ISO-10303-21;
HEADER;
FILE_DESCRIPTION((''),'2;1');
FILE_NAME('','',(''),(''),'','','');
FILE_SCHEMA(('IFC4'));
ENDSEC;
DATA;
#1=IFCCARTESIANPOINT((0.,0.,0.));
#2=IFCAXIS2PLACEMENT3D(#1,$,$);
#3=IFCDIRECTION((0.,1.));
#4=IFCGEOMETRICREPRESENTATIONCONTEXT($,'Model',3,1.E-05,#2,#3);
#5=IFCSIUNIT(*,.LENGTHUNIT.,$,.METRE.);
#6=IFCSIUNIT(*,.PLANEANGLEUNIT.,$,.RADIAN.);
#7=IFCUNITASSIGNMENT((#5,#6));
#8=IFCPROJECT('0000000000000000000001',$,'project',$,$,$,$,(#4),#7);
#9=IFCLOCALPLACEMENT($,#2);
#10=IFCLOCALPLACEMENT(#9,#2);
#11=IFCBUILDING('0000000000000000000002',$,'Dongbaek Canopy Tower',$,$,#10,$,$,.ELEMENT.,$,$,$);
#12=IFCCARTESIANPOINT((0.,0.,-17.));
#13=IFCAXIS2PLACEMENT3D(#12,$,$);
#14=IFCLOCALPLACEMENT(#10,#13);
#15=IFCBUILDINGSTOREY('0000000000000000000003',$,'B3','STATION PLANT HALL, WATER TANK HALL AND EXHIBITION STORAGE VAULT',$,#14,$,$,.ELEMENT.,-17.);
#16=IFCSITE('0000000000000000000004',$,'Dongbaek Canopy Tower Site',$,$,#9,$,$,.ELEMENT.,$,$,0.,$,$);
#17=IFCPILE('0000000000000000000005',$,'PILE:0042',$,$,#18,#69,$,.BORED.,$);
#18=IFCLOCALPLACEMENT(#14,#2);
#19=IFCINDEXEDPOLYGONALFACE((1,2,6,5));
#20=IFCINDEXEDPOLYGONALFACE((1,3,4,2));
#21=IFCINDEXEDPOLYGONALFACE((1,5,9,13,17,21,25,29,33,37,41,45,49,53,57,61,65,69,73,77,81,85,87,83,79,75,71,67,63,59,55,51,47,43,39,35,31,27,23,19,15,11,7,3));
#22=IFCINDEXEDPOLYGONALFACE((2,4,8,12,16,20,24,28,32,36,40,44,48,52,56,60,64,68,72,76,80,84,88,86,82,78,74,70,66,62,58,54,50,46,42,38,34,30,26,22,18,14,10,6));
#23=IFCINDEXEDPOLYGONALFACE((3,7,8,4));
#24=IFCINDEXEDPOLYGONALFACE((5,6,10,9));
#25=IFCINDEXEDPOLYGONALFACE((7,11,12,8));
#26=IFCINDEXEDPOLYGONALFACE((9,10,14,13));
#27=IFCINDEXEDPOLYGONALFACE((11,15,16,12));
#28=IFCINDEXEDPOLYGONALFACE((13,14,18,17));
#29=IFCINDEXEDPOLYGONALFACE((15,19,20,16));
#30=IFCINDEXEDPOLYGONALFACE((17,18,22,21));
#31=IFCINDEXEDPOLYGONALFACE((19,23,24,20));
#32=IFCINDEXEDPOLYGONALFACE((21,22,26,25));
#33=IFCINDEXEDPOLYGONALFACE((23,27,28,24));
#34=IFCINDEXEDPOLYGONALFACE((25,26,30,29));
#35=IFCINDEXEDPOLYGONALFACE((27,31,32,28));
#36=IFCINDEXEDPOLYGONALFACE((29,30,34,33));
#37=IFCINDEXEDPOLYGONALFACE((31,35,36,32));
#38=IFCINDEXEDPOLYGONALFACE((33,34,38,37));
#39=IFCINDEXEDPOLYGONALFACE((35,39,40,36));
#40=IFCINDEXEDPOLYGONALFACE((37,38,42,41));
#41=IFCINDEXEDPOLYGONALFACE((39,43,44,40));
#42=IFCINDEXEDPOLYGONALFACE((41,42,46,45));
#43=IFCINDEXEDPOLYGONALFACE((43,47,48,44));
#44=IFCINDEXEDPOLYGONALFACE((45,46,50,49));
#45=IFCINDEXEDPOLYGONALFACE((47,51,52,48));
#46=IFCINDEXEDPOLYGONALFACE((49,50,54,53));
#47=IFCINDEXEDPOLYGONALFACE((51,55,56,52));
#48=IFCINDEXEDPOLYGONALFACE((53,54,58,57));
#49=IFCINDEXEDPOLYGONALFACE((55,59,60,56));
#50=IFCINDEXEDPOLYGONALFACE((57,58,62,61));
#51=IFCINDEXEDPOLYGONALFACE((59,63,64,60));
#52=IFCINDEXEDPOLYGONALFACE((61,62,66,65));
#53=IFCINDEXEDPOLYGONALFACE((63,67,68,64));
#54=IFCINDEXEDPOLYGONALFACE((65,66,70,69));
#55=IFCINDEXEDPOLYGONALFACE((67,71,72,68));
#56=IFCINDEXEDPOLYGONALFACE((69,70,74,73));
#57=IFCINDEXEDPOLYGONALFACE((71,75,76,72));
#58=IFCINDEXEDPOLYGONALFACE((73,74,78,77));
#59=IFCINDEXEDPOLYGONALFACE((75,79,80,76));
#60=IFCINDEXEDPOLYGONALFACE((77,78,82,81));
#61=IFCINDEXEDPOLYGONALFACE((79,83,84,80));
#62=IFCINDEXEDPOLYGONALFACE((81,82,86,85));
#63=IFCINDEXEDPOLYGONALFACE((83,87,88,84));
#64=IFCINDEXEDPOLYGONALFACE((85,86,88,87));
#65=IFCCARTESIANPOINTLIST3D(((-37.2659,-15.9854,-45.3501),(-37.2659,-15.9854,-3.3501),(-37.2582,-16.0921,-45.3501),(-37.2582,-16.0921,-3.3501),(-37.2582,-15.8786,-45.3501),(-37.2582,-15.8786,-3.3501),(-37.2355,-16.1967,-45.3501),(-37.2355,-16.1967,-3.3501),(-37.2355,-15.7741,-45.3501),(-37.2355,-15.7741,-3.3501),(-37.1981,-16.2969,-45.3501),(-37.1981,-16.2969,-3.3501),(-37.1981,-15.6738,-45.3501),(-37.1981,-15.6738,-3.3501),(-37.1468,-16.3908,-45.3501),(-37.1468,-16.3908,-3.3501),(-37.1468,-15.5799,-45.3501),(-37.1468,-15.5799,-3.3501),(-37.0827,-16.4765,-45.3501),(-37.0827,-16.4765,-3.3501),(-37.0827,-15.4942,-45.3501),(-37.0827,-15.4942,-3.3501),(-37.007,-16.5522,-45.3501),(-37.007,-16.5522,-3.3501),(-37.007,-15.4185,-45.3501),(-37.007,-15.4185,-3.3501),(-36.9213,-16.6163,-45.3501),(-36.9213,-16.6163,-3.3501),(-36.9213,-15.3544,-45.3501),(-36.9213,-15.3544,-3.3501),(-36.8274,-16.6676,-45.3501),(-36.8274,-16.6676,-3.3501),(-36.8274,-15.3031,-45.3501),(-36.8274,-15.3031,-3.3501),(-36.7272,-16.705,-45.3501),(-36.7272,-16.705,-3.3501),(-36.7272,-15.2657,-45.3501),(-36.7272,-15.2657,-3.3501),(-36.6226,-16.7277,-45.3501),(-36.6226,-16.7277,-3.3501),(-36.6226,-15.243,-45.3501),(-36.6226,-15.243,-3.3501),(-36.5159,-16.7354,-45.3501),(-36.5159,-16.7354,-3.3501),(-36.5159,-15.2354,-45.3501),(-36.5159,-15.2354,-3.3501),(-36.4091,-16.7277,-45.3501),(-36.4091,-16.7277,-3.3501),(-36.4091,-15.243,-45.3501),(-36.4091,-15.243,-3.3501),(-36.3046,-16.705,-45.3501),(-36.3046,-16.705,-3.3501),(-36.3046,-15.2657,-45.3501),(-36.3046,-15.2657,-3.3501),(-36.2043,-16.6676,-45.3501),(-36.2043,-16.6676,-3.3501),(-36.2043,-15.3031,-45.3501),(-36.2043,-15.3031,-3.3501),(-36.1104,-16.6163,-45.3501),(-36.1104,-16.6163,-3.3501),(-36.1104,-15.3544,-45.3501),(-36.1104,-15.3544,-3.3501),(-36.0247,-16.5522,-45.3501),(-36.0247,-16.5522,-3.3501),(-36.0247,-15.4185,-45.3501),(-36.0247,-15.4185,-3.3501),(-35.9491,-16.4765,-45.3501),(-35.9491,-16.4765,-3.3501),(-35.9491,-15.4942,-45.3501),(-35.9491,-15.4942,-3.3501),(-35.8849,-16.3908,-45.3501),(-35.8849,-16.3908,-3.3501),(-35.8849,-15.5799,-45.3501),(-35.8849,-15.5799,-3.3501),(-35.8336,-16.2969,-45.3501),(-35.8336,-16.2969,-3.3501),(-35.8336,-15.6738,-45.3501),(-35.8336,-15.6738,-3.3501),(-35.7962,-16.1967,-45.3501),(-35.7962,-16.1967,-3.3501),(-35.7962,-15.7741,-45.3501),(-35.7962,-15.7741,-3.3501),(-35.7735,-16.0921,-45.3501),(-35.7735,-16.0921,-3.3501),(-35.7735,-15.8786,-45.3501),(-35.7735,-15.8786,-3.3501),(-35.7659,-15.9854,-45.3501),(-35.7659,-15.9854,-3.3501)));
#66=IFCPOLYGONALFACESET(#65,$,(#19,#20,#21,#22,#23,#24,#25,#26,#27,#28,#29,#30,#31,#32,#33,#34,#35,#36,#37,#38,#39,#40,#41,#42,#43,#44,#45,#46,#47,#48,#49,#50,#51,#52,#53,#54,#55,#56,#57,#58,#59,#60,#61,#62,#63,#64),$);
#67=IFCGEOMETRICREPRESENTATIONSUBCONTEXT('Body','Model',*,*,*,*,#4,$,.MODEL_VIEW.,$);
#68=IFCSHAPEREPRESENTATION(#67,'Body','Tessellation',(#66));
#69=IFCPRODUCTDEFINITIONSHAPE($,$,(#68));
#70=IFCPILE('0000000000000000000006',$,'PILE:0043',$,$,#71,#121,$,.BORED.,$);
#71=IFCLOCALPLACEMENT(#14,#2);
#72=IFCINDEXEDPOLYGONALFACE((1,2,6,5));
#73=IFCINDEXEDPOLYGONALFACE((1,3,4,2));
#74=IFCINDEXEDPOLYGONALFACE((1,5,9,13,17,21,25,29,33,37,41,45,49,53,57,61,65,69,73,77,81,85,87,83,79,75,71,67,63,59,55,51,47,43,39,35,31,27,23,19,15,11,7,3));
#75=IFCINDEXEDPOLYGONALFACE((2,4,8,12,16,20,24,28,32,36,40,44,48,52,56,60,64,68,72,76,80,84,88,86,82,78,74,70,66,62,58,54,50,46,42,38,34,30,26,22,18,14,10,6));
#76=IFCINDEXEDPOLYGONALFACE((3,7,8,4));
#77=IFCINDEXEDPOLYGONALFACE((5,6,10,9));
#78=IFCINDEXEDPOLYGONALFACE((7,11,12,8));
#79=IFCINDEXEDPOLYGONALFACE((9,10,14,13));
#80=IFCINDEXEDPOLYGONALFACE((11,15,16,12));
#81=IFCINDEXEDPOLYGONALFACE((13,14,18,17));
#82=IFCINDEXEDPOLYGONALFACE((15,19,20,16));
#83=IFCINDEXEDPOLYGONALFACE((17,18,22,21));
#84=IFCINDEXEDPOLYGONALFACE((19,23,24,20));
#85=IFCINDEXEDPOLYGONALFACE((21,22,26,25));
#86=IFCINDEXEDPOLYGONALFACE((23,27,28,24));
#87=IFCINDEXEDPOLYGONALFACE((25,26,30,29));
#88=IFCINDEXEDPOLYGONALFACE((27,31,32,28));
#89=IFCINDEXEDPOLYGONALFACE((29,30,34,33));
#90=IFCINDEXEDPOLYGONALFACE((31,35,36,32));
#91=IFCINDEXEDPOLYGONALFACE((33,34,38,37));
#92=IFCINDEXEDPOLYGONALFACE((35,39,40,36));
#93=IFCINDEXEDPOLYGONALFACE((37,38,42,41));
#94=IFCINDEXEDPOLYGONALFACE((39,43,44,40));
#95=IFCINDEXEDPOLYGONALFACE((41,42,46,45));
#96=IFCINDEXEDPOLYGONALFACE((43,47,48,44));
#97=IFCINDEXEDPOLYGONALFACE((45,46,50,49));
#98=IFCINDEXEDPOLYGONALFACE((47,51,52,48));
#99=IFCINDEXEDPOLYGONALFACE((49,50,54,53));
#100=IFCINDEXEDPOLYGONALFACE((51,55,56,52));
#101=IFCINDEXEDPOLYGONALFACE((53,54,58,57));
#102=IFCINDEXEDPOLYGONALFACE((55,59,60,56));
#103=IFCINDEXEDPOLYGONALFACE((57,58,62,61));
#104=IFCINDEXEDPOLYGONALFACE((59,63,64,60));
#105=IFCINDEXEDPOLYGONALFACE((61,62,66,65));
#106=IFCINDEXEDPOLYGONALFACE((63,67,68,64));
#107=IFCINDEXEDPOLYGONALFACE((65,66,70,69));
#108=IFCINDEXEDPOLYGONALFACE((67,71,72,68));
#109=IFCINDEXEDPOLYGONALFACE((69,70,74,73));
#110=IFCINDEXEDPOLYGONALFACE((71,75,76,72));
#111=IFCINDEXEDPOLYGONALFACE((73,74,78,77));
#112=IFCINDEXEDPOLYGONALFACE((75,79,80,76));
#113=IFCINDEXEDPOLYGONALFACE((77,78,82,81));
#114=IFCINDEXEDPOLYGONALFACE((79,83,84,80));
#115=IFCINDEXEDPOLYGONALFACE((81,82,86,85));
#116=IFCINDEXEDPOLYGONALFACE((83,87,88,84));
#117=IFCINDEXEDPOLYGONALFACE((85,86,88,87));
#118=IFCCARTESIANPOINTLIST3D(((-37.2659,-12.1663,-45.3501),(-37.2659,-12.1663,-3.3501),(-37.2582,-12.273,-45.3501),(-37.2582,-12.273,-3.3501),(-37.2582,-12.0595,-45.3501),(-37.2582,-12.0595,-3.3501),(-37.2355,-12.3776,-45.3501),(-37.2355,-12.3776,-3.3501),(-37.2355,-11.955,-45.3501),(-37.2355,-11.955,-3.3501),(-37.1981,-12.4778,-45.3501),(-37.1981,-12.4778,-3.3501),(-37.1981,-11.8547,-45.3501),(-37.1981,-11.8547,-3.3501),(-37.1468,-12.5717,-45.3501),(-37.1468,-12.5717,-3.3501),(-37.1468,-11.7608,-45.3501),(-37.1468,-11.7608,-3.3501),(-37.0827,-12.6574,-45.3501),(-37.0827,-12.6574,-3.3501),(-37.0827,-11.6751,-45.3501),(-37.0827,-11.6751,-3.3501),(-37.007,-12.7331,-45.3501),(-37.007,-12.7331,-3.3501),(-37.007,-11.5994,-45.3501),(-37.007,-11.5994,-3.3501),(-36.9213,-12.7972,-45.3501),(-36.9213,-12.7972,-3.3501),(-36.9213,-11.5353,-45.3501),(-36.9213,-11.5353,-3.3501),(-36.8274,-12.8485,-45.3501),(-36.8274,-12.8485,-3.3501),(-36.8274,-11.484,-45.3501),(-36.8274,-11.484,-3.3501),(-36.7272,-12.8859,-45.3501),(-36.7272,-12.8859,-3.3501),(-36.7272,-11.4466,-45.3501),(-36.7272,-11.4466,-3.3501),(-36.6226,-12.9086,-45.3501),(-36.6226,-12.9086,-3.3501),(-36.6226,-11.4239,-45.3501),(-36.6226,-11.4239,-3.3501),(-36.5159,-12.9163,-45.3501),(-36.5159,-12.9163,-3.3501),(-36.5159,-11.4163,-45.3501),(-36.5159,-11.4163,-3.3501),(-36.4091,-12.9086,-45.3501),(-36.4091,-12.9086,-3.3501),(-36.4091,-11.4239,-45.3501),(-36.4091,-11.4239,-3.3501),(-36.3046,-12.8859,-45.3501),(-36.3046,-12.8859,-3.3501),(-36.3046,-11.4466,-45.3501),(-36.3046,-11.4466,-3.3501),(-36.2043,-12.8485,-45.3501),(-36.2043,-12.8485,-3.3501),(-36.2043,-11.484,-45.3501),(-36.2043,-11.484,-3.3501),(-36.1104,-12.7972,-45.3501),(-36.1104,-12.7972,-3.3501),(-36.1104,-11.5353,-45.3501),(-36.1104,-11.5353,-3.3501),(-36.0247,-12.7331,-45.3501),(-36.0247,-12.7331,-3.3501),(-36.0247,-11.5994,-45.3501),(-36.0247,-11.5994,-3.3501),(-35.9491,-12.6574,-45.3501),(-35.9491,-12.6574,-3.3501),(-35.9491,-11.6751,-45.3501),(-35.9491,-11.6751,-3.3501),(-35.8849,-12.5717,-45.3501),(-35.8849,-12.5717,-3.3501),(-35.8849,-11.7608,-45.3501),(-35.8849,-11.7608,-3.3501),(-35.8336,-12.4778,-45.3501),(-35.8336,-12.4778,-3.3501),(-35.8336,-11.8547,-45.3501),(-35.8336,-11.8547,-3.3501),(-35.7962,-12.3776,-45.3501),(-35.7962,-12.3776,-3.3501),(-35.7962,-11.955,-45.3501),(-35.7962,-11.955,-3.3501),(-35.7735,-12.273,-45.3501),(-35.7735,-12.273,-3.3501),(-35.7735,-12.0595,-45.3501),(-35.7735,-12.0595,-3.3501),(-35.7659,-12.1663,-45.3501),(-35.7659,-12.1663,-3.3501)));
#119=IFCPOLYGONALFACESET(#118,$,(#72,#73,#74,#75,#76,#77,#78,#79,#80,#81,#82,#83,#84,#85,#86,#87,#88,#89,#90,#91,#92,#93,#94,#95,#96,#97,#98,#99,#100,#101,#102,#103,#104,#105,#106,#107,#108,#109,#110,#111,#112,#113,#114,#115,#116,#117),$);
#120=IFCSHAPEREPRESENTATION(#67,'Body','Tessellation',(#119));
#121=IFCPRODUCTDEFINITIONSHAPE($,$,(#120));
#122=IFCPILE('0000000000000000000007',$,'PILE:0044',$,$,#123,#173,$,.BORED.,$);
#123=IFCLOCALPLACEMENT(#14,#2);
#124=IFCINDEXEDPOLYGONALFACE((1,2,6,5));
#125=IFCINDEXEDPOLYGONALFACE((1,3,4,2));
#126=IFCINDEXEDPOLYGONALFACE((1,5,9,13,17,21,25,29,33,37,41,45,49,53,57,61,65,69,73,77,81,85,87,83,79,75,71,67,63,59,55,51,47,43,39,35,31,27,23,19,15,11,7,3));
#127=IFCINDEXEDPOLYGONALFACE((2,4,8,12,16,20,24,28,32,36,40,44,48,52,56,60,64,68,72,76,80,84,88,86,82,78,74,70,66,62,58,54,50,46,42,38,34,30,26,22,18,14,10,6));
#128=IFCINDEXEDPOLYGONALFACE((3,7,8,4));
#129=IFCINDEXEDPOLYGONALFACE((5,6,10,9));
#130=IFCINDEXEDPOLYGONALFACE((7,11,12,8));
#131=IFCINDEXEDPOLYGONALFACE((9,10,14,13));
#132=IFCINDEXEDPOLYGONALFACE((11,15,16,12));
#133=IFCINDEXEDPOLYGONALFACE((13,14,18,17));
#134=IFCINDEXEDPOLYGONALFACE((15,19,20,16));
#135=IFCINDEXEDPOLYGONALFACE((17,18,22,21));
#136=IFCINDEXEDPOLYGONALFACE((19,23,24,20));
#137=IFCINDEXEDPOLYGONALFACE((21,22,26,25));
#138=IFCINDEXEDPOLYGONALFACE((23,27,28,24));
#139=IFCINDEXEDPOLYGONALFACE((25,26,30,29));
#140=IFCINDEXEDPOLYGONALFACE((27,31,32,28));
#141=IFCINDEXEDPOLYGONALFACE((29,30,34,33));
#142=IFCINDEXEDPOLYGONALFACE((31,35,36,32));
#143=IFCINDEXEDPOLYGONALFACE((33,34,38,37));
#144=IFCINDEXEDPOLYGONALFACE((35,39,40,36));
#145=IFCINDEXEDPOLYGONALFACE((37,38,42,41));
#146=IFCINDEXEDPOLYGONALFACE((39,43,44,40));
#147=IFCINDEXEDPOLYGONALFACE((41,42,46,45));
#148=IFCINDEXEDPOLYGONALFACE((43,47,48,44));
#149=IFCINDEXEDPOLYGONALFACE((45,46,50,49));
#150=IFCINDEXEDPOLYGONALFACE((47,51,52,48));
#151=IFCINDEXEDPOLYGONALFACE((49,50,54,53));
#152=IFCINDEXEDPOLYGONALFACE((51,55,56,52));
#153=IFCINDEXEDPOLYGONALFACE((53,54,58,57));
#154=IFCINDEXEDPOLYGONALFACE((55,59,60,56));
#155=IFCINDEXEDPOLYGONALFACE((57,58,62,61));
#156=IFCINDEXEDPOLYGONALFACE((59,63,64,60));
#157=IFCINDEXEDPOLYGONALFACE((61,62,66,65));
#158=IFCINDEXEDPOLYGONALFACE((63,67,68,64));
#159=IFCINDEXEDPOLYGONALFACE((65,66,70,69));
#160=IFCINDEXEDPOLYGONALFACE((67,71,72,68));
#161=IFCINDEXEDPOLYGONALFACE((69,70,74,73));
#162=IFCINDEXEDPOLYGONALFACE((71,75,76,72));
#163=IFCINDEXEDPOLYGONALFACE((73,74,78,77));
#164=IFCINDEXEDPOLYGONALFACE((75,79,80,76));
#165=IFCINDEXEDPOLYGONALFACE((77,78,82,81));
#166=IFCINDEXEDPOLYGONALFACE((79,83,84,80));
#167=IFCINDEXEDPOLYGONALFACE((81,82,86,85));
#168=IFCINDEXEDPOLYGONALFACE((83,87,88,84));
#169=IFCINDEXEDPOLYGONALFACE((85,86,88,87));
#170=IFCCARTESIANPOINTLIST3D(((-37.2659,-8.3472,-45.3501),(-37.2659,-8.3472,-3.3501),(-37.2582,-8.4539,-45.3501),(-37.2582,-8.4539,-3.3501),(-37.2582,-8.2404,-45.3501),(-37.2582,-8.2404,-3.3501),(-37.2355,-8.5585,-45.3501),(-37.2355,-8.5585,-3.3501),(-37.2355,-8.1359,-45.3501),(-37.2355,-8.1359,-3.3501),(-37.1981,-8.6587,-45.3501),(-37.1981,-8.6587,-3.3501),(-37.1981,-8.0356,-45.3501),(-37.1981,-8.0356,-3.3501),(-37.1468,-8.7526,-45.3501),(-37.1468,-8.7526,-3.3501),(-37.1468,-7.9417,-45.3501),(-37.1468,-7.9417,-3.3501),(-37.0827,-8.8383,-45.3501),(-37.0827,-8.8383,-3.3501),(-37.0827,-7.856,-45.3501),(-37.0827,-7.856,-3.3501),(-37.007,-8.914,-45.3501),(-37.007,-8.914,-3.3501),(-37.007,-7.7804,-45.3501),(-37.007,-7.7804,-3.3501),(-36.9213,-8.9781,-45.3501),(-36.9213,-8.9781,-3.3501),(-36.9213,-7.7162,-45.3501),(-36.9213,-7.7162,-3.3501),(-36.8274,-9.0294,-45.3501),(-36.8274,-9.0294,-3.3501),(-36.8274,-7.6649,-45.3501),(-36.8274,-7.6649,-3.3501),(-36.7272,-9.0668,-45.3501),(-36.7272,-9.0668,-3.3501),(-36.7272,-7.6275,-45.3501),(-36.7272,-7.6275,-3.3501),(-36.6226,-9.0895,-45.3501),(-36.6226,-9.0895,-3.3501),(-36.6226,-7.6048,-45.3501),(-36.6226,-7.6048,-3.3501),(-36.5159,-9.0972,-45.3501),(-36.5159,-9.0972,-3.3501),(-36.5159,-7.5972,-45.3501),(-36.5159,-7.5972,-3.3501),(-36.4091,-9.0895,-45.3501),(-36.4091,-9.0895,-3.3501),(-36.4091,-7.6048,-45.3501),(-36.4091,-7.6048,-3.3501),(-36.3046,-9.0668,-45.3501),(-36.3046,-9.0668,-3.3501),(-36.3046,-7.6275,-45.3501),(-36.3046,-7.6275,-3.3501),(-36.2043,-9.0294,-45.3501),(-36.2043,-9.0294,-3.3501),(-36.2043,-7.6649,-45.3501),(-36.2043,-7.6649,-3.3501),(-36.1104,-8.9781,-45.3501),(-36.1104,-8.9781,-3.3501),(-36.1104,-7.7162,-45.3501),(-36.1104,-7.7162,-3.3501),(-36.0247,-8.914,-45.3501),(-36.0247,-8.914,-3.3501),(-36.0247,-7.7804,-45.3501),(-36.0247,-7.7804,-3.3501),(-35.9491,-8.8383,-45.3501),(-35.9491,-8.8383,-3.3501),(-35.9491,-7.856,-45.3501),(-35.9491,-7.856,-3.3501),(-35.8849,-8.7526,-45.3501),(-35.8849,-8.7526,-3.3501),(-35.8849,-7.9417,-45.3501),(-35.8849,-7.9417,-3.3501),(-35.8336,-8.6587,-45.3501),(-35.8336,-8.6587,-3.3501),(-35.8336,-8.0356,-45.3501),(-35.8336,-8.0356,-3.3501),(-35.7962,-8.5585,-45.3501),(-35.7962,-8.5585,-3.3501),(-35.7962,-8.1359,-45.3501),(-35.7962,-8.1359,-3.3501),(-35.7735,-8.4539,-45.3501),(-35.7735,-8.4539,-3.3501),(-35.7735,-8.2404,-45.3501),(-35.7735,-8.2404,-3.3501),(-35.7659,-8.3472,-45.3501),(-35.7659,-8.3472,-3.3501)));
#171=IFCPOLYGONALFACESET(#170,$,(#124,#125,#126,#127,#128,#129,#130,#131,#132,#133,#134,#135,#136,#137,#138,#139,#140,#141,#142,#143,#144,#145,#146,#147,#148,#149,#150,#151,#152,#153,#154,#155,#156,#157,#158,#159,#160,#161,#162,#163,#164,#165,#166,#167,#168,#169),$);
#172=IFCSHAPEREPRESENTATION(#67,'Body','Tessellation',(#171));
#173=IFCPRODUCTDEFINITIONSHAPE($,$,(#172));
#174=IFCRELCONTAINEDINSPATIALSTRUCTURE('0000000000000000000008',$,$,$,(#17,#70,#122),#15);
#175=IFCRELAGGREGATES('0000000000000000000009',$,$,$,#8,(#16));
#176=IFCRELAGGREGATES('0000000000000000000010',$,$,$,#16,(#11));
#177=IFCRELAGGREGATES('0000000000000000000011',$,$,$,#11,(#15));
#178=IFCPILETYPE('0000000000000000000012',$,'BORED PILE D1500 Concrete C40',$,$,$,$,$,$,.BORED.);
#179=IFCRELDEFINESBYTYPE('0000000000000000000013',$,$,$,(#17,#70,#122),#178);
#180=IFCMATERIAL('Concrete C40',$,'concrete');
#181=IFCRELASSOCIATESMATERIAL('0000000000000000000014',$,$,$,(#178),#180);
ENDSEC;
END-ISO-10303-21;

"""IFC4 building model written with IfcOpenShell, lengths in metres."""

from ifc_helpers import new_model, si_unit, direction, frame, origin, origin_2d, place, context, subcontext, project, spatial, circle, extrude, material, material_profile, profile_set, type_object, element, save


model = new_model("IFC4")

# Units and contexts
model_context = context("Model", 3, precision=1e-05, world=origin(), true_north=direction((0.0, 1.0)))
body_context = subcontext(model_context, "Body", "Model", "MODEL_VIEW")
ifc_project = project(units=[si_unit("LENGTHUNIT", "METRE"), si_unit("PLANEANGLEUNIT", "RADIAN")], contexts=[model_context])

# Site, building, storey
site_placement = place(None, origin())
site = spatial("IfcSite", under=ifc_project, at=site_placement, Name="Dongbaek Canopy Tower Site", CompositionType="ELEMENT", RefElevation=0.0)
building_placement = place(site_placement, origin())
building = spatial("IfcBuilding", under=site, at=building_placement, Name="Dongbaek Canopy Tower", CompositionType="ELEMENT")
storey_placement = place(building_placement, frame((0.0, 0.0, -17.0)))
storey = spatial("IfcBuildingStorey", under=building, at=storey_placement, Name="B3", Description="STATION PLANT HALL, WATER TANK HALL AND EXHIBITION STORAGE VAULT", CompositionType="ELEMENT", Elevation=-17.0)

# Piles
ifc_material_1 = material(Name="Concrete C40", Category="concrete")
ifc_material_profile_1 = material_profile(ifc_material_1, circle(Radius=0.75, at=origin_2d()), Name="BORED PILE D1500 Concrete C40")
ifc_profile_set_1 = profile_set([ifc_material_profile_1], Name="Concrete C40")
pile_type = type_object("IfcPileType", Name="BORED PILE D1500 Concrete C40", PredefinedType="BORED", material=ifc_profile_set_1)
for number, where, z_axis, x_axis, name in (
    (1, (-36.5159, -15.9854, -3.3501), (0.0, 0.0, -1.0), (1.0, 0.0, 0.0), "PILE:0042"),
    (2, (-36.5159, -12.1663, -3.3501), (0.0, 0.0, -1.0), (1.0, 0.0, 0.0), "PILE:0043"),
    (3, (-36.5159, -8.3472, -3.3501), (0.0, 0.0, -1.0), (1.0, 0.0, 0.0), "PILE:0044"),
):
    element("IfcPile", number, at=place(storey_placement, frame(where, z_axis=z_axis, x_axis=x_axis)), inside=storey, type_object=pile_type, Name=name, PredefinedType="BORED", context=body_context, shape_type="SweptSolid", body=[
        extrude(circle(Radius=0.75, at=origin_2d()), origin(), (0.0, 0.0, 1.0), 42.0),
    ])

save(model, "model.ifc")
